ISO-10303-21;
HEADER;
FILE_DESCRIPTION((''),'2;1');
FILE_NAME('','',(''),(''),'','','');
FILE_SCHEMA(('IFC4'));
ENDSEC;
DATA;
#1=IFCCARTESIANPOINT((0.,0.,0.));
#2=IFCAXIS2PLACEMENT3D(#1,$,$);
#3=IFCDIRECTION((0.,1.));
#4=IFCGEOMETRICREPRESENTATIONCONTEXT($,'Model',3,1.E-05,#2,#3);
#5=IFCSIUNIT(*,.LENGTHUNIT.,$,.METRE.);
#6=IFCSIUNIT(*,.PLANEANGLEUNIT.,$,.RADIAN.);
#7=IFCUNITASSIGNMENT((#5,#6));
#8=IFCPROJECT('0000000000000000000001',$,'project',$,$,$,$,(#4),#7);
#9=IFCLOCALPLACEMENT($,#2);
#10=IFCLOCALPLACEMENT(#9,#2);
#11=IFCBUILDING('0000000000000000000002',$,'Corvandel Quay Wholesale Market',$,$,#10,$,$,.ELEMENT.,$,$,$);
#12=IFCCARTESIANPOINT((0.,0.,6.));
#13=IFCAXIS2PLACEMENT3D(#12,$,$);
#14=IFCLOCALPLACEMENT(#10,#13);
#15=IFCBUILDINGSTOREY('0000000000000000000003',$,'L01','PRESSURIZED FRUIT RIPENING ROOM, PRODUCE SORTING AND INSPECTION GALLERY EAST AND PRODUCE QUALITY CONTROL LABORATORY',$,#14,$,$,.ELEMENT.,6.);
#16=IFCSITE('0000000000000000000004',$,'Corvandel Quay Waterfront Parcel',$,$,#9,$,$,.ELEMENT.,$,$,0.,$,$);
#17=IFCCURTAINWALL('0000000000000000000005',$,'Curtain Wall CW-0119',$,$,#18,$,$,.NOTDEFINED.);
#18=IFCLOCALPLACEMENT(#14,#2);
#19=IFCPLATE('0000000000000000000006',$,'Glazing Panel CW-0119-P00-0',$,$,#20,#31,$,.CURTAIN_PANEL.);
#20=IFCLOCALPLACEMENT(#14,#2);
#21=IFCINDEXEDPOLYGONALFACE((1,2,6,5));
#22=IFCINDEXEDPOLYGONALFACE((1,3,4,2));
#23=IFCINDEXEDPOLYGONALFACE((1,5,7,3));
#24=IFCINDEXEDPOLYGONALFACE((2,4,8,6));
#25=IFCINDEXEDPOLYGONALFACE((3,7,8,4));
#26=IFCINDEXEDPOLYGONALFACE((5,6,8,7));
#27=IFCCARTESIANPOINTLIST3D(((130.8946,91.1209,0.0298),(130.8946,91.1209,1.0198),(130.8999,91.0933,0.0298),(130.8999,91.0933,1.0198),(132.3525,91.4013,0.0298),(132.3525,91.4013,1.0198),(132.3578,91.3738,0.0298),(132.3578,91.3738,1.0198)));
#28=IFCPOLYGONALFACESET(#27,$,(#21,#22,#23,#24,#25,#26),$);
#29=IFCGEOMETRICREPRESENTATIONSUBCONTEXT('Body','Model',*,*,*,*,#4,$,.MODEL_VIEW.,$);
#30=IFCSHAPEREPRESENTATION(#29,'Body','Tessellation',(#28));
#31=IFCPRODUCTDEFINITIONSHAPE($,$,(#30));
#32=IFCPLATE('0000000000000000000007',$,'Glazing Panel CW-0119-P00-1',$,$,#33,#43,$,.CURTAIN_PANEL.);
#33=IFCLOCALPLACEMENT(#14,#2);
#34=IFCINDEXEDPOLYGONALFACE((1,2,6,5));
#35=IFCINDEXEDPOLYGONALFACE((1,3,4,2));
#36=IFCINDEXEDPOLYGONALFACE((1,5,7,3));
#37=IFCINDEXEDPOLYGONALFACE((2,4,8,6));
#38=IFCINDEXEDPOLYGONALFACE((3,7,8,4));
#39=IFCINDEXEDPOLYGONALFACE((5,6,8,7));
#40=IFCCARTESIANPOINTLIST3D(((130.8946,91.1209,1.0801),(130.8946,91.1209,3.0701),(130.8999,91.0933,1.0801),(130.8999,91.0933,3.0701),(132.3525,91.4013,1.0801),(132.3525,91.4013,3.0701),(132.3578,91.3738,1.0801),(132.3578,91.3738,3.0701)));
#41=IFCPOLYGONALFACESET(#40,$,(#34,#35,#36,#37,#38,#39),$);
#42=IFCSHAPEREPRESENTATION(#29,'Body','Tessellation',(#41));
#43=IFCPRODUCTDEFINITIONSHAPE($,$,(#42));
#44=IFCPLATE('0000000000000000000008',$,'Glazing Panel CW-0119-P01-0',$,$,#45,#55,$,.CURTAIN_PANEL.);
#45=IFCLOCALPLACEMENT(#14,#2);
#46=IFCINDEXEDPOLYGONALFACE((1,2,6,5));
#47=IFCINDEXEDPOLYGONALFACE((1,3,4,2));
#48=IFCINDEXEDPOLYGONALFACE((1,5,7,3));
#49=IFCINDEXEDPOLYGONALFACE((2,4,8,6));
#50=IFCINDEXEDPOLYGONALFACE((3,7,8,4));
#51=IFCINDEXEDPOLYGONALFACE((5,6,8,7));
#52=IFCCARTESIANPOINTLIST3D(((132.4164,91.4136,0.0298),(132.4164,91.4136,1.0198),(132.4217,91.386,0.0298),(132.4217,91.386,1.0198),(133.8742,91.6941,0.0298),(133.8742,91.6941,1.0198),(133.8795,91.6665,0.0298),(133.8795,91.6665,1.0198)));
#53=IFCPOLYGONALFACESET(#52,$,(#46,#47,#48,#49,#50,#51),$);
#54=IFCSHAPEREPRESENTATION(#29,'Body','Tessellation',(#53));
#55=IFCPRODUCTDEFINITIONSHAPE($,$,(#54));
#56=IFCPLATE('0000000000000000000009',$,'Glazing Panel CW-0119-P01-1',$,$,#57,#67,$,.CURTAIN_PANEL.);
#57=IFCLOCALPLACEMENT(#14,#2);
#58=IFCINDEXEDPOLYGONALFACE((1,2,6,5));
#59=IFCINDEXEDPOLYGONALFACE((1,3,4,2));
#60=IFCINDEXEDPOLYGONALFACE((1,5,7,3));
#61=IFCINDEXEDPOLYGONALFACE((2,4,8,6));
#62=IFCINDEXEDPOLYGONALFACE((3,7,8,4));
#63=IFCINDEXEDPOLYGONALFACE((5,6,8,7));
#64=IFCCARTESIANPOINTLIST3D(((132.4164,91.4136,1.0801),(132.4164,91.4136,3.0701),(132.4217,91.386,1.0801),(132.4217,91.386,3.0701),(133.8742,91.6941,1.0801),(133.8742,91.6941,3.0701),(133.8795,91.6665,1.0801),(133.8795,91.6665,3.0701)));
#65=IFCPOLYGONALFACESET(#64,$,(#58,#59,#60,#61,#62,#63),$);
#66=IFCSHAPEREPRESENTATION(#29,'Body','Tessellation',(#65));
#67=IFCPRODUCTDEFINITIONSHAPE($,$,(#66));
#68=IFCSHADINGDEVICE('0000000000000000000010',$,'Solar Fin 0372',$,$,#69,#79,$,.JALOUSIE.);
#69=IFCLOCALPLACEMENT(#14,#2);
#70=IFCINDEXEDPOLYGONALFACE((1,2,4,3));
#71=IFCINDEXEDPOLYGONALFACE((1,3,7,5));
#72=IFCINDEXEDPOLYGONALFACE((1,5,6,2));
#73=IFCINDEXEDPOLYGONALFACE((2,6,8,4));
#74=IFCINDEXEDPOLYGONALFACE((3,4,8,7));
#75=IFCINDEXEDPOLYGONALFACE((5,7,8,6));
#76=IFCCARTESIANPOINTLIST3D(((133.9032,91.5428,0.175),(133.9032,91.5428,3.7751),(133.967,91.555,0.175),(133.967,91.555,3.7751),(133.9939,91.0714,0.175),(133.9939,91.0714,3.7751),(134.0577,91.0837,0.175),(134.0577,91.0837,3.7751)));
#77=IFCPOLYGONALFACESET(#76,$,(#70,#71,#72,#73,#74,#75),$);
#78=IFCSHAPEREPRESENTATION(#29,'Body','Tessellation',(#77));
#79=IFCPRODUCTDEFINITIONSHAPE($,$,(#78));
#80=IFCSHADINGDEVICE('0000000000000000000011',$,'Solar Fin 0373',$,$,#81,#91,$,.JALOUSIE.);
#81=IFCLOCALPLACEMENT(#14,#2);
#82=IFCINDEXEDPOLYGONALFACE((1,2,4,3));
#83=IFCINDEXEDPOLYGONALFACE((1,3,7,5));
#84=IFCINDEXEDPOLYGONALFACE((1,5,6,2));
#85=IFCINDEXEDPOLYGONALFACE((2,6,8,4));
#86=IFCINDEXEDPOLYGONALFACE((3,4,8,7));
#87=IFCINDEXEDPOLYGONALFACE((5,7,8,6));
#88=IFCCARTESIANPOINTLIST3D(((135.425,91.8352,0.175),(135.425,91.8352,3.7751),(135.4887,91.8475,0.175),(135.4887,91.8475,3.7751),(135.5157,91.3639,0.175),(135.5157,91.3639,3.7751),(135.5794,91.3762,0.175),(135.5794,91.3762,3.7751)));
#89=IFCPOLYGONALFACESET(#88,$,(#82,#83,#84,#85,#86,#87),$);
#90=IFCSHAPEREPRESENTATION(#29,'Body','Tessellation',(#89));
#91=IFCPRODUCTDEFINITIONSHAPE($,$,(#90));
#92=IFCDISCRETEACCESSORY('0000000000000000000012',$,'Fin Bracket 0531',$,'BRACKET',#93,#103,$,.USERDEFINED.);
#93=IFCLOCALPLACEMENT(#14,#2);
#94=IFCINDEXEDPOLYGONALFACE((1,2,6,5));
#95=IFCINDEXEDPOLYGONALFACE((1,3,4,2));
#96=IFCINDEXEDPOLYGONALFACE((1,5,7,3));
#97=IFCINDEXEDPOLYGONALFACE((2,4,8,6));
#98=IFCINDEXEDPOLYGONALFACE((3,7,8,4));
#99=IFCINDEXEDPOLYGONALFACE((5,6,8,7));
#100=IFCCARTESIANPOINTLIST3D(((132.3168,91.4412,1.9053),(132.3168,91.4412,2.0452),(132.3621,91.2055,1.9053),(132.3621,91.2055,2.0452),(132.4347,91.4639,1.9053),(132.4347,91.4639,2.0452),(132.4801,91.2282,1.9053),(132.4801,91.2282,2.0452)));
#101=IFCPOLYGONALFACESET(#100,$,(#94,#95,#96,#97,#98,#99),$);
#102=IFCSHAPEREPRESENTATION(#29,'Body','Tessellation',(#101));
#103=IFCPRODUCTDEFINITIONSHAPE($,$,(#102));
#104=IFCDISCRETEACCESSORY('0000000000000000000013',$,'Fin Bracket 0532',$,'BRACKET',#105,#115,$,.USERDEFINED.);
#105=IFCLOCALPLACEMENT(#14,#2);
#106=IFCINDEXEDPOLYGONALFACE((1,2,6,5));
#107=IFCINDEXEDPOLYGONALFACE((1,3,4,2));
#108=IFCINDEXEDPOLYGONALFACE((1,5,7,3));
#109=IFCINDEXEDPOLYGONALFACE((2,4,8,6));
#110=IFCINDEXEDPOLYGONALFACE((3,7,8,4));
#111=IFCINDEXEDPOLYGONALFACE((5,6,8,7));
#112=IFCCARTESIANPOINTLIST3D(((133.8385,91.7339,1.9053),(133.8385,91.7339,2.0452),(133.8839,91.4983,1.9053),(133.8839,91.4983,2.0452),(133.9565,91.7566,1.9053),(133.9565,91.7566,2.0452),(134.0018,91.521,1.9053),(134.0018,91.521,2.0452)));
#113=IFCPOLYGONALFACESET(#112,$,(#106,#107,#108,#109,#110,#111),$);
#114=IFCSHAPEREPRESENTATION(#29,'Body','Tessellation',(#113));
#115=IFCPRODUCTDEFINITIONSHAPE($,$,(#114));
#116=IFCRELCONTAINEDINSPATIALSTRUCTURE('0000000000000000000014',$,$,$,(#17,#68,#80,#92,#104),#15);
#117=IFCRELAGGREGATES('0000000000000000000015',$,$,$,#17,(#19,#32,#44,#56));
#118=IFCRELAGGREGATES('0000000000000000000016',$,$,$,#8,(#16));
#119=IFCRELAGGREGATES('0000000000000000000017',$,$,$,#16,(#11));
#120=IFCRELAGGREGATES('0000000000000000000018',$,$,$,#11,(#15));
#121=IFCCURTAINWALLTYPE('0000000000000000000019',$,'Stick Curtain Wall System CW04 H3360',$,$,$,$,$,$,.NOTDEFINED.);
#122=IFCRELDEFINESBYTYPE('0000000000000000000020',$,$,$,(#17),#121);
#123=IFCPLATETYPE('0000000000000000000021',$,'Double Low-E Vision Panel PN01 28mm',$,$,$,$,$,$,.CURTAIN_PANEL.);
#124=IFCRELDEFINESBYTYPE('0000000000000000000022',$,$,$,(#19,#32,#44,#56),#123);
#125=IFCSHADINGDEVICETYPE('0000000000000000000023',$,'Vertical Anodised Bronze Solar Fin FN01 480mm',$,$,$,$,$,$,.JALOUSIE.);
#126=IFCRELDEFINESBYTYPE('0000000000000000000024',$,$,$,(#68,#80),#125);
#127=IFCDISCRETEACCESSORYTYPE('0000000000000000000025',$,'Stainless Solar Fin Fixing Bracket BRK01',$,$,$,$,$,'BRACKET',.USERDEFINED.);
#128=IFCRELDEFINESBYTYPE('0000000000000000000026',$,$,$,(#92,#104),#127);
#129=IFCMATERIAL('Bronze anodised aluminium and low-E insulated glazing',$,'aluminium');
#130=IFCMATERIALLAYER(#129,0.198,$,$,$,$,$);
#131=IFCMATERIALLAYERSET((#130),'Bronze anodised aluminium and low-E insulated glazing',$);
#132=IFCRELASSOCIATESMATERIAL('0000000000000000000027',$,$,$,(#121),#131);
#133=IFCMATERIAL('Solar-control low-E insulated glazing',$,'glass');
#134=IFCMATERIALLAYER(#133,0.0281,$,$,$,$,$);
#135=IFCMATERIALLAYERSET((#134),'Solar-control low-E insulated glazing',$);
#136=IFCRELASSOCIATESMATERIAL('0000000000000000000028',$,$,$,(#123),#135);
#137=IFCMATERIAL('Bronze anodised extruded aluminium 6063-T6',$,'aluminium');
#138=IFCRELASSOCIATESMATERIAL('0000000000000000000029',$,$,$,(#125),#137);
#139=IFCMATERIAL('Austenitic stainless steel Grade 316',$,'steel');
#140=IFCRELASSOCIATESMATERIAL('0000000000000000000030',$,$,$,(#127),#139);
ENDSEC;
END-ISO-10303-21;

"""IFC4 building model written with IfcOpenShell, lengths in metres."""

from ifc_helpers import new_model, si_unit, direction, frame, origin, origin_2d, place, context, subcontext, project, spatial, rectangle, extrude, material, layer, layer_set, type_object, element, aggregate, save


model = new_model("IFC4")

# Units and contexts
model_context = context("Model", 3, precision=1e-05, world=origin(), true_north=direction((0.0, 1.0)))
body_context = subcontext(model_context, "Body", "Model", "MODEL_VIEW")
ifc_project = project(units=[si_unit("LENGTHUNIT", "METRE"), si_unit("PLANEANGLEUNIT", "RADIAN")], contexts=[model_context])

# Site, building, storey
site_placement = place(None, origin())
site = spatial("IfcSite", under=ifc_project, at=site_placement, Name="Corvandel Quay Waterfront Parcel", CompositionType="ELEMENT", RefElevation=0.0)
building_placement = place(site_placement, origin())
building = spatial("IfcBuilding", under=site, at=building_placement, Name="Corvandel Quay Wholesale Market", CompositionType="ELEMENT")
storey_placement = place(building_placement, frame((0.0, 0.0, 6.0)))
storey = spatial("IfcBuildingStorey", under=building, at=storey_placement, Name="L01", Description="PRESSURIZED FRUIT RIPENING ROOM, PRODUCE SORTING AND INSPECTION GALLERY EAST AND PRODUCE QUALITY CONTROL LABORATORY", CompositionType="ELEMENT", Elevation=6.0)

# Curtain wall
ifc_material_1 = material(Name="Bronze anodised aluminium and low-E insulated glazing", Category="aluminium")
ifc_layer_1 = layer(ifc_material_1, 0.198)
ifc_layer_set_1 = layer_set([ifc_layer_1], Name="Bronze anodised aluminium and low-E insulated glazing")
curtain_wall_type = type_object("IfcCurtainWallType", Name="Stick Curtain Wall System CW04 H3360", PredefinedType="NOTDEFINED", material=ifc_layer_set_1)
curtain_wall_placement = place(storey_placement, origin())
curtain_wall = element("IfcCurtainWall", 1, at=curtain_wall_placement, inside=storey, type_object=curtain_wall_type, Name="Curtain Wall CW-0119", PredefinedType="NOTDEFINED")

# Plates
ifc_material_2 = material(Name="Solar-control low-E insulated glazing", Category="glass")
ifc_layer_2 = layer(ifc_material_2, 0.0281)
ifc_layer_set_2 = layer_set([ifc_layer_2], Name="Solar-control low-E insulated glazing")
plate_type_1 = type_object("IfcPlateType", Name="Double Low-E Vision Panel PN01 28mm", PredefinedType="CURTAIN_PANEL", material=ifc_layer_set_2)
plate_1_placement = place(storey_placement, frame((131.6262, 91.2473, 0.0298), z_axis=(0.0, 0.0, 1.0), x_axis=(0.981992, 0.188924, 0.0)))
plate_1 = element("IfcPlate", 2, at=plate_1_placement, type_object=plate_type_1, Name="Glazing Panel CW-0119-P00-0", PredefinedType="CURTAIN_PANEL", context=body_context, shape_type="SweptSolid", body=[
    extrude(rectangle(XDim=1.4846, YDim=0.0281, at=origin_2d()), origin(), (0.0, 0.0, 1.0), 0.99),
])
plate_2_placement = place(storey_placement, frame((131.6262, 91.2473, 1.0801), z_axis=(0.0, 0.0, 1.0), x_axis=(0.981992, 0.188924, 0.0)))
plate_2 = element("IfcPlate", 3, at=plate_2_placement, type_object=plate_type_1, Name="Glazing Panel CW-0119-P00-1", PredefinedType="CURTAIN_PANEL", context=body_context, shape_type="SweptSolid", body=[
    extrude(rectangle(XDim=1.4846, YDim=0.0281, at=origin_2d()), origin(), (0.0, 0.0, 1.0), 1.99),
])
plate_3_placement = place(storey_placement, frame((133.1479, 91.54, 0.0298), z_axis=(0.0, 0.0, 1.0), x_axis=(0.981992, 0.188924, 0.0)))
plate_3 = element("IfcPlate", 4, at=plate_3_placement, type_object=plate_type_1, Name="Glazing Panel CW-0119-P01-0", PredefinedType="CURTAIN_PANEL", context=body_context, shape_type="SweptSolid", body=[
    extrude(rectangle(XDim=1.4846, YDim=0.0281, at=origin_2d()), origin(), (0.0, 0.0, 1.0), 0.99),
])
plate_4_placement = place(storey_placement, frame((133.1479, 91.54, 1.0801), z_axis=(0.0, 0.0, 1.0), x_axis=(0.981992, 0.188924, 0.0)))
plate_4 = element("IfcPlate", 5, at=plate_4_placement, type_object=plate_type_1, Name="Glazing Panel CW-0119-P01-1", PredefinedType="CURTAIN_PANEL", context=body_context, shape_type="SweptSolid", body=[
    extrude(rectangle(XDim=1.4846, YDim=0.0281, at=origin_2d()), origin(), (0.0, 0.0, 1.0), 1.99),
])
aggregate(curtain_wall, [plate_1, plate_2, plate_3, plate_4])

# Shading devices
ifc_material_3 = material(Name="Bronze anodised extruded aluminium 6063-T6", Category="aluminium")
shading_device_type = type_object("IfcShadingDeviceType", Name="Vertical Anodised Bronze Solar Fin FN01 480mm", PredefinedType="JALOUSIE", material=ifc_material_3)
for number, where, z_axis, x_axis, name in (
    (6, (133.9805, 91.3132, 0.175), (0.0, 0.0, 1.0), (-0.188924, 0.981992, 0.0), "Solar Fin 0372"),
    (7, (135.5022, 91.6057, 0.175), (0.0, 0.0, 1.0), (-0.188924, 0.981992, 0.0), "Solar Fin 0373"),
):
    element("IfcShadingDevice", number, at=place(storey_placement, frame(where, z_axis=z_axis, x_axis=x_axis)), inside=storey, type_object=shading_device_type, Name=name, PredefinedType="JALOUSIE", context=body_context, shape_type="SweptSolid", body=[
        extrude(rectangle(XDim=0.48, YDim=0.0649, at=origin_2d()), origin(), (0.0, 0.0, 1.0), 3.6001),
    ])

# Discrete accessories
ifc_material_4 = material(Name="Austenitic stainless steel Grade 316", Category="steel")
discrete_accessory_type = type_object("IfcDiscreteAccessoryType", Name="Stainless Solar Fin Fixing Bracket BRK01", ElementType="BRACKET", PredefinedType="USERDEFINED", material=ifc_material_4)
for number, where, z_axis, x_axis, name in (
    (8, (132.3984, 91.3347, 1.9053), (0.0, 0.0, 1.0), (-0.188924, 0.981992, 0.0), "Fin Bracket 0531"),
    (9, (133.9202, 91.6274, 1.9053), (0.0, 0.0, 1.0), (-0.188924, 0.981992, 0.0), "Fin Bracket 0532"),
):
    element("IfcDiscreteAccessory", number, at=place(storey_placement, frame(where, z_axis=z_axis, x_axis=x_axis)), inside=storey, type_object=discrete_accessory_type, Name=name, ObjectType="BRACKET", PredefinedType="USERDEFINED", context=body_context, shape_type="SweptSolid", body=[
        extrude(rectangle(XDim=0.24, YDim=0.1201, at=origin_2d()), origin(), (0.0, 0.0, 1.0), 0.1399),
    ])

save(model, "model.ifc")
